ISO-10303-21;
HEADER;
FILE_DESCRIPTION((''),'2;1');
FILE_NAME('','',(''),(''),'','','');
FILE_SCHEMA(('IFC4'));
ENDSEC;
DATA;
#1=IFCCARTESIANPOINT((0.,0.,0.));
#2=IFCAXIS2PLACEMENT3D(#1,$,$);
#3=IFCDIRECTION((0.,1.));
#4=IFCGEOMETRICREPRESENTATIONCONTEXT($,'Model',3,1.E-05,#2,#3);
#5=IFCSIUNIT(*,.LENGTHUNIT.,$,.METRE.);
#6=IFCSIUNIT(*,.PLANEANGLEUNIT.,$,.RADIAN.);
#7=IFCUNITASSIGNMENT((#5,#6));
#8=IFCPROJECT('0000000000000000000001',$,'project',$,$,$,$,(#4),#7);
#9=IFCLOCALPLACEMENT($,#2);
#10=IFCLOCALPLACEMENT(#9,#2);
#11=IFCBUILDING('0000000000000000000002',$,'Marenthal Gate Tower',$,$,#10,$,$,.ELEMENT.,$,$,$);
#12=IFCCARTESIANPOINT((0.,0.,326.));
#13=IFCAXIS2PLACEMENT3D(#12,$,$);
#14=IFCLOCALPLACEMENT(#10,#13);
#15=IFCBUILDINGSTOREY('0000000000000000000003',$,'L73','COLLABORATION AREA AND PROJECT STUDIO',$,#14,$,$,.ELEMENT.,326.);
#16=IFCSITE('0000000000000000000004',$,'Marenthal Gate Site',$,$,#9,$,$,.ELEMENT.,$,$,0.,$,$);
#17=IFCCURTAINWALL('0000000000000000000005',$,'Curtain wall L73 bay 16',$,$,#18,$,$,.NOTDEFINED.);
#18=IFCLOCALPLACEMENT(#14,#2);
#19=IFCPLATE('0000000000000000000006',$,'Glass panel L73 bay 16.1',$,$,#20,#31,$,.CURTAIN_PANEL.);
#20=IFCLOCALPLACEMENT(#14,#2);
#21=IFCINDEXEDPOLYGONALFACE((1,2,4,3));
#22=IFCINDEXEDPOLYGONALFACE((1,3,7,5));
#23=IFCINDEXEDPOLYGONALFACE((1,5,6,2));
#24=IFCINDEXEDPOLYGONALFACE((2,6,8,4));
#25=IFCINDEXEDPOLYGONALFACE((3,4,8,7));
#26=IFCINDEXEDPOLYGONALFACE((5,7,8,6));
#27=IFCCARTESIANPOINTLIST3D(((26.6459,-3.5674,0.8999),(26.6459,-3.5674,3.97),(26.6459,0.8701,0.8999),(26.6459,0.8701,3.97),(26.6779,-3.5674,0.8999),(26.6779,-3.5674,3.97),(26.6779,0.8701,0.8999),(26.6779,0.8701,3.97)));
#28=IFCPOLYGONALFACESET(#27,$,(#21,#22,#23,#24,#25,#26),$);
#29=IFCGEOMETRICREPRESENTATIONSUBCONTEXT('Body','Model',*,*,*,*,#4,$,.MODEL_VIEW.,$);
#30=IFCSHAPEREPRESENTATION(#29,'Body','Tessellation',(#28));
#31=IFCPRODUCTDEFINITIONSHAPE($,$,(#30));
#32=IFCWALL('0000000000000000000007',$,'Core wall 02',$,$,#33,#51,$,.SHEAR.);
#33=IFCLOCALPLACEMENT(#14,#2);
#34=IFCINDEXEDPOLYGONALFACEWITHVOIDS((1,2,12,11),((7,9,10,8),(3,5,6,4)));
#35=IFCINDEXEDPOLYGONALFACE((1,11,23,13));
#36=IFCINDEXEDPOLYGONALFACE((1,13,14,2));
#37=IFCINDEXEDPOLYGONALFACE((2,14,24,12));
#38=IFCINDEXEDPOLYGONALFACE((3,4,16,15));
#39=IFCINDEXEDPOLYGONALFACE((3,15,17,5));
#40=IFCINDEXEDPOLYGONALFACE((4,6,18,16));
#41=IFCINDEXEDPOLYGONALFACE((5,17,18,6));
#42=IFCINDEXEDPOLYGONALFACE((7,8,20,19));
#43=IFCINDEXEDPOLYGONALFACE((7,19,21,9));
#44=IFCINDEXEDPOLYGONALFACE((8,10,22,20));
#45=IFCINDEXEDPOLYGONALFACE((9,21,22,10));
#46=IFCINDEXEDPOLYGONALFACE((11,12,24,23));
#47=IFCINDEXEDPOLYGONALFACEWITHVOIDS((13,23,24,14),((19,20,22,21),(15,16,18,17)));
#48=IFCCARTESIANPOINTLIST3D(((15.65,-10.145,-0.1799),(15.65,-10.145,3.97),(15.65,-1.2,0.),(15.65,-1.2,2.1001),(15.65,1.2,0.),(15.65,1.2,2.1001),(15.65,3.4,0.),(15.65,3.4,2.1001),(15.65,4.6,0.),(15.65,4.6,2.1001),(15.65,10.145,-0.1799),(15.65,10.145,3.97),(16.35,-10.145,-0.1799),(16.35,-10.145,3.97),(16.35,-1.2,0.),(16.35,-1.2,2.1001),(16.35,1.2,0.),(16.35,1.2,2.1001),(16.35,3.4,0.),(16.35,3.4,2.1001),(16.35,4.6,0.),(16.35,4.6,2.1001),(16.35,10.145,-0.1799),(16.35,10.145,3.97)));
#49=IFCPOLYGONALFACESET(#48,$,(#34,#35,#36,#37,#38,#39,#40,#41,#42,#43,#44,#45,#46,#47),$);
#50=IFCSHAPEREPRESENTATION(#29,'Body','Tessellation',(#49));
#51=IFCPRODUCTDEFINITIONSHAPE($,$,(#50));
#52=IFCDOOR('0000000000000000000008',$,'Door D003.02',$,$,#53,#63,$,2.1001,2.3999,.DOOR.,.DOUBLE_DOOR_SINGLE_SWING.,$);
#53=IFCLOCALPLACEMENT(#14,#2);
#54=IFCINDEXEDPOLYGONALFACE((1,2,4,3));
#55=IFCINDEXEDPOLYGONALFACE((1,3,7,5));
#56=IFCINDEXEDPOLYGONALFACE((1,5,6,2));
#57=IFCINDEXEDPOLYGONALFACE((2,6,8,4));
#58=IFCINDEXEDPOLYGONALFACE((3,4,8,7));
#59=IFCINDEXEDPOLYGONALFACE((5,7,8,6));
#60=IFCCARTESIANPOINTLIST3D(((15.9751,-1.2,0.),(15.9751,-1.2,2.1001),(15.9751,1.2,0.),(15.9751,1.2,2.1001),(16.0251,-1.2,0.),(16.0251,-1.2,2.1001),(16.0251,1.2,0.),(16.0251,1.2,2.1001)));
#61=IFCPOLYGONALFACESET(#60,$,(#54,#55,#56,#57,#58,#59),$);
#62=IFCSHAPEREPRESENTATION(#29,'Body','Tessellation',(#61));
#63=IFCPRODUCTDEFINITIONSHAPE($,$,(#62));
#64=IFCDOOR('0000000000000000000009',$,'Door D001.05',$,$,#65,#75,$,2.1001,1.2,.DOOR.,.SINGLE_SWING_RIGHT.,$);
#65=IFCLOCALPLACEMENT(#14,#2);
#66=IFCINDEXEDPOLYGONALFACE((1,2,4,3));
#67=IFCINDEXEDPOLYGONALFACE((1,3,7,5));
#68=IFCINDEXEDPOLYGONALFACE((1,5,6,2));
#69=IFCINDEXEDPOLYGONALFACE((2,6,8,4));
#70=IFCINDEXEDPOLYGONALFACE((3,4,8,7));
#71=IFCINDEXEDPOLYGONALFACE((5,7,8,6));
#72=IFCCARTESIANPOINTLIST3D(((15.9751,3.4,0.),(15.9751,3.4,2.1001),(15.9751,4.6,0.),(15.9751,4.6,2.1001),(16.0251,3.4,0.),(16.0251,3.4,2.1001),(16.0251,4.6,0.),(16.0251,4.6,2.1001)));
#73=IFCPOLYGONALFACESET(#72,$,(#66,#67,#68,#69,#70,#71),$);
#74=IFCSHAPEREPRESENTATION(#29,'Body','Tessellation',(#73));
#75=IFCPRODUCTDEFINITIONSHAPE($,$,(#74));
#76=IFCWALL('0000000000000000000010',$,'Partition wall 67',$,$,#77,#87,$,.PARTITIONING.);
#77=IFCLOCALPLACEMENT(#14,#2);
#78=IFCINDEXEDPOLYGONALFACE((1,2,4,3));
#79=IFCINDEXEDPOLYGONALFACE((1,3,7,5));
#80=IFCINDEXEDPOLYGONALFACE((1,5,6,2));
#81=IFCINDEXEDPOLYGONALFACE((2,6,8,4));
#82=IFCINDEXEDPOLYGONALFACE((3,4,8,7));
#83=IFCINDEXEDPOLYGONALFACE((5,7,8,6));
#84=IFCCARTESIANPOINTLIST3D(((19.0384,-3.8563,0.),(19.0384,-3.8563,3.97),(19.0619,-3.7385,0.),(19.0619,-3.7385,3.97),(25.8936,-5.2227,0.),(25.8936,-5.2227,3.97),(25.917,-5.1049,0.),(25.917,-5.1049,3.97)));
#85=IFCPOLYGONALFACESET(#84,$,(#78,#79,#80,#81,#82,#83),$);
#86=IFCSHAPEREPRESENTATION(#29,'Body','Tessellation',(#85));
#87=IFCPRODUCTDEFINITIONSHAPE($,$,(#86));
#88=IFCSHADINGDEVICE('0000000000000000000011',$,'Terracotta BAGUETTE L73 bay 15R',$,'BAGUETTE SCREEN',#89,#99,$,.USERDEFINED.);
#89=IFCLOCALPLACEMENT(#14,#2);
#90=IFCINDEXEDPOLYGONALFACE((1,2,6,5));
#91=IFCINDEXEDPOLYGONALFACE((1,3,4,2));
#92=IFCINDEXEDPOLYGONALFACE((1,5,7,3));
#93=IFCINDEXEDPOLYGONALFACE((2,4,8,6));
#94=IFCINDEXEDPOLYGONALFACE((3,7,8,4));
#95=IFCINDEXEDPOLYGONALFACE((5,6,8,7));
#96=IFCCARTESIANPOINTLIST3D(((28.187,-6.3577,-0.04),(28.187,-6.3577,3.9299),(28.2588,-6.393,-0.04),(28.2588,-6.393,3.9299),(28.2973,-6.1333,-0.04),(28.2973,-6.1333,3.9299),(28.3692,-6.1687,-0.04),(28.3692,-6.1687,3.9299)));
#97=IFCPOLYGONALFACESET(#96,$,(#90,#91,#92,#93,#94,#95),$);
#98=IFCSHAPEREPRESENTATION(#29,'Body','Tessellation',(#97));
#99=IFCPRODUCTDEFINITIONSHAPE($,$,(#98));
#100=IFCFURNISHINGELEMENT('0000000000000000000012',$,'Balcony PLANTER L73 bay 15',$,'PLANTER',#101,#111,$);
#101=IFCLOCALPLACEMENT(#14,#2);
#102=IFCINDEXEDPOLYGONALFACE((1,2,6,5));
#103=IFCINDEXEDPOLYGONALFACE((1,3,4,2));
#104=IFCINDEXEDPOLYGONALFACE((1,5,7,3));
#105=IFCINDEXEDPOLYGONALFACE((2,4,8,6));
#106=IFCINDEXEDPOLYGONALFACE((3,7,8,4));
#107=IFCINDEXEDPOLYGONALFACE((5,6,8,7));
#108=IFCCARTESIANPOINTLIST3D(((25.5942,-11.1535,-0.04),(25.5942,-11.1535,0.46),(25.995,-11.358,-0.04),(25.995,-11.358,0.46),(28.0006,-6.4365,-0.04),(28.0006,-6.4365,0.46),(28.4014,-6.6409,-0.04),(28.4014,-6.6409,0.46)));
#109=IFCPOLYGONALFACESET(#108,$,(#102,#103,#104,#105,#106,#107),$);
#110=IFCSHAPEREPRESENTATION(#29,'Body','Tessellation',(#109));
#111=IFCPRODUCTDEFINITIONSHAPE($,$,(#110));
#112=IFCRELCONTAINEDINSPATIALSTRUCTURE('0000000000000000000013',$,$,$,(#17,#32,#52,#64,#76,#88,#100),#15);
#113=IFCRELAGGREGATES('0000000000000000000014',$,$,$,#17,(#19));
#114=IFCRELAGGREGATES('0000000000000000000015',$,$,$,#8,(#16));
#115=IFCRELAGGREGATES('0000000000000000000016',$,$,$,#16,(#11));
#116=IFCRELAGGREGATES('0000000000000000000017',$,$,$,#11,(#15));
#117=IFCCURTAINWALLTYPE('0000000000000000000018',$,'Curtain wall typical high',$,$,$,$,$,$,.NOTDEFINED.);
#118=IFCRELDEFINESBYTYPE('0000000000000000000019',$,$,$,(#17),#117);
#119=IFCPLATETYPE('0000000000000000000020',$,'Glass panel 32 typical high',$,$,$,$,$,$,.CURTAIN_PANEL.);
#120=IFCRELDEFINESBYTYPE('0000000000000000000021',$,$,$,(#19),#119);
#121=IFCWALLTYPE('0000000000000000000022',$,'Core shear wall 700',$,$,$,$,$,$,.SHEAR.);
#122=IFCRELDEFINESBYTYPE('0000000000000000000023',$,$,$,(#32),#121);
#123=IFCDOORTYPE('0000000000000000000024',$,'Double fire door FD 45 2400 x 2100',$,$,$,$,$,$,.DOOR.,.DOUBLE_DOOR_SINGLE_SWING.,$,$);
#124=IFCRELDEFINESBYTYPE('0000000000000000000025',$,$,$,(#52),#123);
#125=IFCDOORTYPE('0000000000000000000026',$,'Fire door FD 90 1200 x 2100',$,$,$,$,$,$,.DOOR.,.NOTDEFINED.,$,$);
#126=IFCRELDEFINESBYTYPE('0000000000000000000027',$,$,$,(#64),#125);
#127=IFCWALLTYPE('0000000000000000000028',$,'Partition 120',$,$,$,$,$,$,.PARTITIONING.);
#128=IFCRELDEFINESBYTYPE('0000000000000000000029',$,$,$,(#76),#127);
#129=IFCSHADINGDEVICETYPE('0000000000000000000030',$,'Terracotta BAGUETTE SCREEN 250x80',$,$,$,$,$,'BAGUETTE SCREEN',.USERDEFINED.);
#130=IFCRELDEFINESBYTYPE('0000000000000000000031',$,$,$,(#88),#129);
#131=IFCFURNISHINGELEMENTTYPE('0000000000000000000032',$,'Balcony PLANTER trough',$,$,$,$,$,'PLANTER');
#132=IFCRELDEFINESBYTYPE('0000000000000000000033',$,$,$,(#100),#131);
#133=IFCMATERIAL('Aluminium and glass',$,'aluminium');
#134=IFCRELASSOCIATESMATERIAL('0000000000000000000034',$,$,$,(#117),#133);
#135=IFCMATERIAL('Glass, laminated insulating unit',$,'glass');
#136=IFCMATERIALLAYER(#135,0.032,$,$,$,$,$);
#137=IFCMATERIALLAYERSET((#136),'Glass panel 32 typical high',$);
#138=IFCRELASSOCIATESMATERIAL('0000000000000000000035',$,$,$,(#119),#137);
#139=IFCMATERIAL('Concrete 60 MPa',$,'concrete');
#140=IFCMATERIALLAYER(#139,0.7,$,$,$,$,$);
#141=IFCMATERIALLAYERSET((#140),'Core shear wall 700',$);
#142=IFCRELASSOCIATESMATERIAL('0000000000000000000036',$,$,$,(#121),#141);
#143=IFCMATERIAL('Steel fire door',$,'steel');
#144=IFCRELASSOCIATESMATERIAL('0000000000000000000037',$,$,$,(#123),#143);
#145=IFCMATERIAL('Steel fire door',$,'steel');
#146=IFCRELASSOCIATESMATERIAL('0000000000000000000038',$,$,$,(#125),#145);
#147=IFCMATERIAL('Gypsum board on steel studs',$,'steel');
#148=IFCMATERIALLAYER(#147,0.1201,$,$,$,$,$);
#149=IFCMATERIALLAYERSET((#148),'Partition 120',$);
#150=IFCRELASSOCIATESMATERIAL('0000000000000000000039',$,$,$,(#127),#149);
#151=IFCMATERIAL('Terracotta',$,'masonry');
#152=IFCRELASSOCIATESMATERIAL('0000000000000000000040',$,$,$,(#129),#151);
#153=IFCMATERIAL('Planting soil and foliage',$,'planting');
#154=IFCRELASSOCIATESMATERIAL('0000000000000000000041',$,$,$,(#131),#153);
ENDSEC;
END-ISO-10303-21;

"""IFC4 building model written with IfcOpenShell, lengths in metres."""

from ifc_helpers import new_model, si_unit, direction, frame, frame_2d, origin, origin_2d, place, context, subcontext, project, spatial, rectangle, extrude, material, layer, layer_set, material_profile, profile_set, type_object, element, fill, aggregate, save


model = new_model("IFC4")

# Units and contexts
model_context = context("Model", 3, precision=1e-05, world=origin(), true_north=direction((0.0, 1.0)))
body_context = subcontext(model_context, "Body", "Model", "MODEL_VIEW")
ifc_project = project(units=[si_unit("LENGTHUNIT", "METRE"), si_unit("PLANEANGLEUNIT", "RADIAN")], contexts=[model_context])

# Site, building, storey
site_placement = place(None, origin())
site = spatial("IfcSite", under=ifc_project, at=site_placement, Name="Marenthal Gate Site", CompositionType="ELEMENT", RefElevation=0.0)
building_placement = place(site_placement, origin())
building = spatial("IfcBuilding", under=site, at=building_placement, Name="Marenthal Gate Tower", CompositionType="ELEMENT")
storey_placement = place(building_placement, frame((0.0, 0.0, 326.0)))
storey = spatial("IfcBuildingStorey", under=building, at=storey_placement, Name="L73", Description="COLLABORATION AREA AND PROJECT STUDIO", CompositionType="ELEMENT", Elevation=326.0)

# Curtain wall
ifc_material_1 = material(Name="Aluminium and glass", Category="aluminium")
curtain_wall_type = type_object("IfcCurtainWallType", Name="Curtain wall typical high", PredefinedType="NOTDEFINED", material=ifc_material_1)
curtain_wall_placement = place(storey_placement, origin())
curtain_wall = element("IfcCurtainWall", 1, at=curtain_wall_placement, inside=storey, type_object=curtain_wall_type, Name="Curtain wall L73 bay 16", PredefinedType="NOTDEFINED")

# Plate
ifc_material_2 = material(Name="Glass, laminated insulating unit", Category="glass")
ifc_layer_1 = layer(ifc_material_2, 0.032)
ifc_layer_set_1 = layer_set([ifc_layer_1], Name="Glass panel 32 typical high")
plate_type = type_object("IfcPlateType", Name="Glass panel 32 typical high", PredefinedType="CURTAIN_PANEL", material=ifc_layer_set_1)
plate_placement = place(storey_placement, frame((26.6619, -1.3486, 0.8999), z_axis=(0.0, 0.0, 1.0), x_axis=(0.0, 1.0, 0.0)))
plate = element("IfcPlate", 2, at=plate_placement, type_object=plate_type, Name="Glass panel L73 bay 16.1", PredefinedType="CURTAIN_PANEL", context=body_context, shape_type="SweptSolid", body=[
    extrude(rectangle(XDim=4.4375, YDim=0.032, at=origin_2d()), origin(), (0.0, 0.0, 1.0), 3.0701),
])
aggregate(curtain_wall, [plate])

# Wall, openings, doors
ifc_material_3 = material(Name="Concrete 60 MPa", Category="concrete")
ifc_layer_2 = layer(ifc_material_3, 0.7)
ifc_layer_set_2 = layer_set([ifc_layer_2], Name="Core shear wall 700")
wall_type_1 = type_object("IfcWallType", Name="Core shear wall 700", PredefinedType="SHEAR", material=ifc_layer_set_2)
wall_1_placement = place(storey_placement, frame((16.0, -10.145, -0.1799), z_axis=(0.0, 0.0, 1.0), x_axis=(0.0, 1.0, 0.0)))
wall_1 = element("IfcWall", 3, at=wall_1_placement, inside=storey, type_object=wall_type_1, Name="Core wall 02", PredefinedType="SHEAR", context=body_context, shape_type="SweptSolid", body=[
    extrude(rectangle(XDim=20.29, YDim=0.7, at=frame_2d((10.145, 0.0))), origin(), (0.0, 0.0, 1.0), 4.1499),
])
opening_1_placement = place(wall_1_placement, frame((8.9451, 0.0, 0.1799)))
opening_1 = element("IfcOpeningElement", 4, at=opening_1_placement, cuts=wall_1, PredefinedType="OPENING", context=body_context, shape_type="SweptSolid", body=[
    extrude(rectangle(XDim=2.3999, YDim=2.1001, at=frame_2d((1.2, 1.05))), frame((0.0, 0.3599, 0.0), z_axis=(0.0, -1.0, 0.0), x_axis=(1.0, 0.0, 0.0)), (0.0, 0.0, 1.0), 0.72),
])
opening_2_placement = place(wall_1_placement, frame((13.5449, 0.0, 0.1799)))
opening_2 = element("IfcOpeningElement", 5, at=opening_2_placement, cuts=wall_1, PredefinedType="OPENING", context=body_context, shape_type="SweptSolid", body=[
    extrude(rectangle(XDim=1.2, YDim=2.1001, at=frame_2d((0.6001, 1.05))), frame((0.0, 0.3599, 0.0), z_axis=(0.0, -1.0, 0.0), x_axis=(1.0, 0.0, 0.0)), (0.0, 0.0, 1.0), 0.72),
])
ifc_material_4 = material(Name="Steel fire door", Category="steel")
door_type_1 = type_object("IfcDoorType", Name="Double fire door FD 45 2400 x 2100", OperationType="DOUBLE_DOOR_SINGLE_SWING", PredefinedType="DOOR", material=ifc_material_4)
door_1_placement = place(opening_1_placement, origin())
door_1 = element("IfcDoor", 6, at=door_1_placement, inside=storey, type_object=door_type_1, Name="Door D003.02", OperationType="DOUBLE_DOOR_SINGLE_SWING", OverallHeight=2.1001, OverallWidth=2.3999, PredefinedType="DOOR", context=body_context, shape_type="SweptSolid", body=[
    extrude(rectangle(XDim=2.3999, YDim=2.1001, at=frame_2d((1.2, 1.05))), frame((0.0, 0.0249, 0.0), z_axis=(0.0, -1.0, 0.0), x_axis=(1.0, 0.0, 0.0)), (0.0, 0.0, 1.0), 0.05),
])
fill(opening_1, door_1)
ifc_material_5 = material(Name="Steel fire door", Category="steel")
door_type_2 = type_object("IfcDoorType", Name="Fire door FD 90 1200 x 2100", OperationType="NOTDEFINED", PredefinedType="DOOR", material=ifc_material_5)
door_2_placement = place(opening_2_placement, origin())
door_2 = element("IfcDoor", 7, at=door_2_placement, inside=storey, type_object=door_type_2, Name="Door D001.05", OperationType="SINGLE_SWING_RIGHT", OverallHeight=2.1001, OverallWidth=1.2, PredefinedType="DOOR", context=body_context, shape_type="SweptSolid", body=[
    extrude(rectangle(XDim=1.2, YDim=2.1001, at=frame_2d((0.6001, 1.05))), frame((0.0, 0.0249, 0.0), z_axis=(0.0, -1.0, 0.0), x_axis=(1.0, 0.0, 0.0)), (0.0, 0.0, 1.0), 0.05),
])
fill(opening_2, door_2)

# Wall
ifc_material_6 = material(Name="Gypsum board on steel studs", Category="steel")
ifc_layer_3 = layer(ifc_material_6, 0.1201)
ifc_layer_set_3 = layer_set([ifc_layer_3], Name="Partition 120")
wall_type_2 = type_object("IfcWallType", Name="Partition 120", PredefinedType="PARTITIONING", material=ifc_layer_set_3)
wall_2_placement = place(storey_placement, frame((19.05, -3.7974, 0.0), z_axis=(0.0, 0.0, 1.0), x_axis=(0.980707, -0.195485, 0.0)))
element("IfcWall", 8, at=wall_2_placement, inside=storey, type_object=wall_type_2, Name="Partition wall 67", PredefinedType="PARTITIONING", context=body_context, shape_type="SweptSolid", body=[
    extrude(rectangle(XDim=6.99, YDim=0.1201, at=frame_2d((3.4951, 0.0))), origin(), (0.0, 0.0, 1.0), 3.97),
])

# Shading device
ifc_material_7 = material(Name="Terracotta", Category="masonry")
ifc_material_profile_1 = material_profile(ifc_material_7, rectangle(XDim=0.25, YDim=0.0801, at=origin_2d()), Name="Terracotta baguette 250x80")
ifc_profile_set_1 = profile_set([ifc_material_profile_1], Name="Terracotta")
shading_device_type = type_object("IfcShadingDeviceType", Name="Terracotta BAGUETTE SCREEN 250x80", ElementType="BAGUETTE SCREEN", PredefinedType="USERDEFINED", material=ifc_profile_set_1)
shading_device_placement = place(storey_placement, frame((28.2781, -6.2632, -0.04), z_axis=(0.0, 0.0, 1.0), x_axis=(0.441395, 0.897313, 0.0)))
element("IfcShadingDevice", 9, at=shading_device_placement, inside=storey, type_object=shading_device_type, Name="Terracotta BAGUETTE L73 bay 15R", ObjectType="BAGUETTE SCREEN", PredefinedType="USERDEFINED", context=body_context, shape_type="SweptSolid", body=[
    extrude(rectangle(XDim=0.25, YDim=0.0801, at=origin_2d()), origin(), (0.0, 0.0, 1.0), 3.97),
])

# Furnishing element
ifc_material_8 = material(Name="Planting soil and foliage", Category="planting")
furnishing_element_type = type_object("IfcFurnishingElementType", Name="Balcony PLANTER trough", ElementType="PLANTER", material=ifc_material_8)
furnishing_placement = place(storey_placement, frame((26.9978, -8.8972, -0.04), z_axis=(0.0, 0.0, 1.0), x_axis=(0.454443, 0.890776, 0.0)))
element("IfcFurnishingElement", 10, at=furnishing_placement, inside=storey, type_object=furnishing_element_type, Name="Balcony PLANTER L73 bay 15", ObjectType="PLANTER", context=body_context, shape_type="SweptSolid", body=[
    extrude(rectangle(XDim=5.2954, YDim=0.45, at=origin_2d()), origin(), (0.0, 0.0, 1.0), 0.5),
])

save(model, "model.ifc")
